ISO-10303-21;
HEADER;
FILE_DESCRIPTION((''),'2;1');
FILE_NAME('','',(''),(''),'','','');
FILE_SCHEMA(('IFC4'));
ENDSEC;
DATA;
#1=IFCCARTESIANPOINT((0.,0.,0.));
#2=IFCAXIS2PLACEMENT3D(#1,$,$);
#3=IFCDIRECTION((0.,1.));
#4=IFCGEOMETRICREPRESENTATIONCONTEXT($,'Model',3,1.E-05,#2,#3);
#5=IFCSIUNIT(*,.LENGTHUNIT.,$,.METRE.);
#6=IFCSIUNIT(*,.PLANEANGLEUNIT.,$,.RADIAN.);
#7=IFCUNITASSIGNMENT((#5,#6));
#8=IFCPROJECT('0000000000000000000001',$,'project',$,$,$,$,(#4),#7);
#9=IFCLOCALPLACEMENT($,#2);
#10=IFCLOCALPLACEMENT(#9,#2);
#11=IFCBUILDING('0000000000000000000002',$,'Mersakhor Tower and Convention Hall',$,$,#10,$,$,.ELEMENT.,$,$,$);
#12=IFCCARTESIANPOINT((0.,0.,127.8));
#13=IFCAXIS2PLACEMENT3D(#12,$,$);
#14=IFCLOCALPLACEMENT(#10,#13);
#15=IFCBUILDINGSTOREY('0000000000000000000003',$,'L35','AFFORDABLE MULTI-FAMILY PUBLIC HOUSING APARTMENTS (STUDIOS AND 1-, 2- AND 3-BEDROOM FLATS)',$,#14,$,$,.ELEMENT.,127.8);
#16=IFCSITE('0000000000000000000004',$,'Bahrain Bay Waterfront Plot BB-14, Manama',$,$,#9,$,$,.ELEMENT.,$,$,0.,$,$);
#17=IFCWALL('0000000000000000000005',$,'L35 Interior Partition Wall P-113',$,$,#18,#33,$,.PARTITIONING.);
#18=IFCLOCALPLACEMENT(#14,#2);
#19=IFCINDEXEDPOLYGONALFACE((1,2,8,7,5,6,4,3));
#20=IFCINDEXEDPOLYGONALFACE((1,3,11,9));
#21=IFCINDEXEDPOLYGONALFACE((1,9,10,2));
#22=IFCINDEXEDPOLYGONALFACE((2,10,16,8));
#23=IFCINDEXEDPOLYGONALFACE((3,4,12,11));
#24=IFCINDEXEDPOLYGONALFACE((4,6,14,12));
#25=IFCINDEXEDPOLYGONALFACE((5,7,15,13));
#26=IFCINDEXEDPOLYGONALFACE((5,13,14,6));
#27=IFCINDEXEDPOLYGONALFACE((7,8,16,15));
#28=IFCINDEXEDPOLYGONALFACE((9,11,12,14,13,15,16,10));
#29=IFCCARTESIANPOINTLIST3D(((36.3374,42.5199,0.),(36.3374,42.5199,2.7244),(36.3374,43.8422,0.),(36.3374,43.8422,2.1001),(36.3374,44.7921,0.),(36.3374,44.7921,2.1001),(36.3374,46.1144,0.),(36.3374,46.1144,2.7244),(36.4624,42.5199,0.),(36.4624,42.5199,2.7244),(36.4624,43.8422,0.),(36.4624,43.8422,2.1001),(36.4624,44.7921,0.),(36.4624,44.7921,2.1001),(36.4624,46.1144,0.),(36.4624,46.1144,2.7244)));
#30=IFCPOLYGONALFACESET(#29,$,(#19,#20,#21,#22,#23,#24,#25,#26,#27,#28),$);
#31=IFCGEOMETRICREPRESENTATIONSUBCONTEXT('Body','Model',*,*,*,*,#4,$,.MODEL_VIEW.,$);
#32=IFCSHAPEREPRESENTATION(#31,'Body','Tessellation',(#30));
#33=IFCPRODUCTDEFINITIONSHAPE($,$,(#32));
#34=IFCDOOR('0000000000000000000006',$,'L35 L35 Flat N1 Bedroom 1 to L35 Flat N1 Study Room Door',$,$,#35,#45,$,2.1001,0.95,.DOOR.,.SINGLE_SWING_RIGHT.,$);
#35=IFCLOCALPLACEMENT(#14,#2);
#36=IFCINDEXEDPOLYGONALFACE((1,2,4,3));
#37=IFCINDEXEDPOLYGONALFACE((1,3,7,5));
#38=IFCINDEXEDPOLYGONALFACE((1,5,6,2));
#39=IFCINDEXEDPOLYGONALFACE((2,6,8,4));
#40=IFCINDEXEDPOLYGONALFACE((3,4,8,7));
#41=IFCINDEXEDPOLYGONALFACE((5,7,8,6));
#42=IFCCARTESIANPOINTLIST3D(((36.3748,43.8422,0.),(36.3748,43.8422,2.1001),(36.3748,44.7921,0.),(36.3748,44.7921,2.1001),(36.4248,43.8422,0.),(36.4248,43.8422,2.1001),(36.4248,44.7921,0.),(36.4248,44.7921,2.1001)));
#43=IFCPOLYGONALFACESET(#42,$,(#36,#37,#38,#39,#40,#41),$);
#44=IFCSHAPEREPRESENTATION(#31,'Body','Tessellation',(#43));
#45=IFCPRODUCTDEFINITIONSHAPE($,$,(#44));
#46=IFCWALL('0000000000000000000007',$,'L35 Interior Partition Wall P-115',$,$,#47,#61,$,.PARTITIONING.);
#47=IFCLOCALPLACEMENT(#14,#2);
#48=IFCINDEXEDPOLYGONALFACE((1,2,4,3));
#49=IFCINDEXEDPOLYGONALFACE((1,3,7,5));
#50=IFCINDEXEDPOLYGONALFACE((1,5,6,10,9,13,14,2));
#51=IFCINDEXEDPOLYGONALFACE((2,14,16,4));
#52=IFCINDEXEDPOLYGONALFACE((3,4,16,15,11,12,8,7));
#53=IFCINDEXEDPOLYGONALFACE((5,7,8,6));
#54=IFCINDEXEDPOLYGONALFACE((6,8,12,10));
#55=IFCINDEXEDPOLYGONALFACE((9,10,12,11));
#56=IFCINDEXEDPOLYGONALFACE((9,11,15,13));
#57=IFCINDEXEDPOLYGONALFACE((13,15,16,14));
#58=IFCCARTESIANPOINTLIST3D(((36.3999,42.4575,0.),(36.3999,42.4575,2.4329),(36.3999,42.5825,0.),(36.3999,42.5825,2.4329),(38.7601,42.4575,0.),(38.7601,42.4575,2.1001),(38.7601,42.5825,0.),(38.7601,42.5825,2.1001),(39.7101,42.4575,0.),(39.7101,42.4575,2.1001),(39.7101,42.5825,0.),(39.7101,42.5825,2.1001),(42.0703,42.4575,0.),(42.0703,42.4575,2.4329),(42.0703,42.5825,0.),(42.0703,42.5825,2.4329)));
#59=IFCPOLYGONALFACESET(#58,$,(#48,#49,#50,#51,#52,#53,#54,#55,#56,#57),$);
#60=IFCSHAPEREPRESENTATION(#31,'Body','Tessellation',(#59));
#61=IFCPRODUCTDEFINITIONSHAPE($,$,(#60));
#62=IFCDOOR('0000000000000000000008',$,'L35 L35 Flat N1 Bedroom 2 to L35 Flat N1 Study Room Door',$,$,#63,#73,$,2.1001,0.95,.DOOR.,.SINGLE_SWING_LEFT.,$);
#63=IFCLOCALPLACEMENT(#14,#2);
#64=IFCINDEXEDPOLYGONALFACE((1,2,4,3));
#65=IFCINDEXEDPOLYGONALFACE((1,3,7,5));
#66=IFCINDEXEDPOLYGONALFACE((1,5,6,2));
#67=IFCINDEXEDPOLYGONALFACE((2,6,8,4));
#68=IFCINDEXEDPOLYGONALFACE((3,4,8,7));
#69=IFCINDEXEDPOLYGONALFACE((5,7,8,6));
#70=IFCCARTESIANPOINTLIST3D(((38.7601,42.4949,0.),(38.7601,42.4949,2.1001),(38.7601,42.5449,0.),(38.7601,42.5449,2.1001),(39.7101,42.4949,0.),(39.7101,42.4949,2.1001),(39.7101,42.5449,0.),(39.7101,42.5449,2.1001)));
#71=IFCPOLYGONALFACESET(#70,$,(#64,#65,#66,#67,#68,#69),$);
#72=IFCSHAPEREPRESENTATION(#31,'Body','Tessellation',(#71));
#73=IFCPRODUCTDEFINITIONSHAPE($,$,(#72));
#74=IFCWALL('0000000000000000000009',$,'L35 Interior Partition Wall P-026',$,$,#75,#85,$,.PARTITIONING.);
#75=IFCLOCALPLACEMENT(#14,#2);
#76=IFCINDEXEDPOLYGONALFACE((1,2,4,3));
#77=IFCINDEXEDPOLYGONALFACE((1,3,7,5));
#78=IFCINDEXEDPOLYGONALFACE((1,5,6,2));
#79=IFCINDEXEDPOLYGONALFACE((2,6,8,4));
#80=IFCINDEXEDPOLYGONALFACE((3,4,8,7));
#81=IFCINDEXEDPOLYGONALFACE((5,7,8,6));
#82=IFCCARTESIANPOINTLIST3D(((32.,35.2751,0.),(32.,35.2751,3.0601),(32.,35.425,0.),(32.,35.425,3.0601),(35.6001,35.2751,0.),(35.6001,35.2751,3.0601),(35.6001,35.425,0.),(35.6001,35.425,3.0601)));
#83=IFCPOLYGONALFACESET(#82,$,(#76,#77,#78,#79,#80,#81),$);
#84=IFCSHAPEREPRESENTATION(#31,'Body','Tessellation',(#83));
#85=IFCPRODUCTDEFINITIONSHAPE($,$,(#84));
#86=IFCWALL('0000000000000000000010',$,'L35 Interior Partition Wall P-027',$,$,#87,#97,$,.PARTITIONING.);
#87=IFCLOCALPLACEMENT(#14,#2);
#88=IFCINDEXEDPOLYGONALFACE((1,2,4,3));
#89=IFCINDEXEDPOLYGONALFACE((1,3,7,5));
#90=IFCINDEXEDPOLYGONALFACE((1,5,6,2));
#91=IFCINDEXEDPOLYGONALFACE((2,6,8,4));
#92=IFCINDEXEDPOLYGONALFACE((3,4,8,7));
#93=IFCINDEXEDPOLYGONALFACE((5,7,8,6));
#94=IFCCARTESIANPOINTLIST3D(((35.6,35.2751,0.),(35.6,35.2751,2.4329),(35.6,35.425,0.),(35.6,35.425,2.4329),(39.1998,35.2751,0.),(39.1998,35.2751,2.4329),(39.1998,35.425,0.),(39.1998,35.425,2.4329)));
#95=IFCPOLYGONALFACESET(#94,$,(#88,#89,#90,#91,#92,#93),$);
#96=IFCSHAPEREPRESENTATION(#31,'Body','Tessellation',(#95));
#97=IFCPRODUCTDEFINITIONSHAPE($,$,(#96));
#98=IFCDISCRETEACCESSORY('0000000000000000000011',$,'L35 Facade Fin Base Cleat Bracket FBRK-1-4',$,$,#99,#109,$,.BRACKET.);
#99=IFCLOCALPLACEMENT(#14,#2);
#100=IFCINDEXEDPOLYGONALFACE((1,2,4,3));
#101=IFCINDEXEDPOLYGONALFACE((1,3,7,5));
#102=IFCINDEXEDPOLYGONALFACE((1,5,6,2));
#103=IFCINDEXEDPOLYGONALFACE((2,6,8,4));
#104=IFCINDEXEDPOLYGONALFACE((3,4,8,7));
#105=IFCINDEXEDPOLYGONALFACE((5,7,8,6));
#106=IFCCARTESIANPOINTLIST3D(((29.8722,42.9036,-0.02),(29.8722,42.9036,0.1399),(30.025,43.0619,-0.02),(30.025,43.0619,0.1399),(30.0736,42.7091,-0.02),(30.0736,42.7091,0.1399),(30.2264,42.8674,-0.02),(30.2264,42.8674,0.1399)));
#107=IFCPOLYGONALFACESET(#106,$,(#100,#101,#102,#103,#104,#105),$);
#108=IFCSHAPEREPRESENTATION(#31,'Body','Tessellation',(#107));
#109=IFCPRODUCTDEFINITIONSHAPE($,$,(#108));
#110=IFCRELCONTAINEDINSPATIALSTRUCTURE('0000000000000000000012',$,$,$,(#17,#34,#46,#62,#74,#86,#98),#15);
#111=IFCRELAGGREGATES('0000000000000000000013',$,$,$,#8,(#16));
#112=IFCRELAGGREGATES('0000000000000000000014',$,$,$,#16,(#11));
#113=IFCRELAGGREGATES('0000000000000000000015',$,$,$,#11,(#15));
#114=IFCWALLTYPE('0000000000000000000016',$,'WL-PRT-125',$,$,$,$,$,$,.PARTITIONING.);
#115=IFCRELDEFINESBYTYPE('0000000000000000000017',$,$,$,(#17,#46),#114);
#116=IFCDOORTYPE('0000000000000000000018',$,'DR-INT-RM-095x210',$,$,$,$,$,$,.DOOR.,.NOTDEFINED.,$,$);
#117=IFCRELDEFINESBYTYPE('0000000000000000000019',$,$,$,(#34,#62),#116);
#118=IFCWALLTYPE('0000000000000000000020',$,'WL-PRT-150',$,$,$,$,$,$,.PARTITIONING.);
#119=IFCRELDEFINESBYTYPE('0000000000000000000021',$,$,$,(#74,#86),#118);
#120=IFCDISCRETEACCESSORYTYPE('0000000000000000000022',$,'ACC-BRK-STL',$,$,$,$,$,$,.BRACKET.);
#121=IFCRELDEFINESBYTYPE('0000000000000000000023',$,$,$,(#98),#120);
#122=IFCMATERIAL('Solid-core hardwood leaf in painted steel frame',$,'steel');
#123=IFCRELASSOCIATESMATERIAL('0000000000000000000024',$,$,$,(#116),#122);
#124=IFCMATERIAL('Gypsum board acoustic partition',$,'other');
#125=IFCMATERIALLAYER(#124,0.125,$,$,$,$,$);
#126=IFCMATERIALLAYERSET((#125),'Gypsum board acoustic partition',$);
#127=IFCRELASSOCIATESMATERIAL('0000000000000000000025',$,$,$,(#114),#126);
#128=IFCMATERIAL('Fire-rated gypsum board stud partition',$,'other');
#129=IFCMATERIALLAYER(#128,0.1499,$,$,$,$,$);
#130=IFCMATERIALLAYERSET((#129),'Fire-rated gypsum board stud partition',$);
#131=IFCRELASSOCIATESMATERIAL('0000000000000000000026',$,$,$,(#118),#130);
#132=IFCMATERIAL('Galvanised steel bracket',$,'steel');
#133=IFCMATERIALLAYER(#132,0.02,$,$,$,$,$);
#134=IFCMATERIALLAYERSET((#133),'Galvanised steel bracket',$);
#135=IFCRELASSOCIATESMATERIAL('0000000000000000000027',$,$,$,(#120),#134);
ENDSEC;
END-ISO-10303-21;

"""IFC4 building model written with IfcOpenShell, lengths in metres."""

from ifc_helpers import new_model, si_unit, direction, frame, frame_2d, origin, origin_2d, place, context, subcontext, project, spatial, rectangle, extrude, material, layer, layer_set, type_object, element, fill, save


model = new_model("IFC4")

# Units and contexts
model_context = context("Model", 3, precision=1e-05, world=origin(), true_north=direction((0.0, 1.0)))
body_context = subcontext(model_context, "Body", "Model", "MODEL_VIEW")
ifc_project = project(units=[si_unit("LENGTHUNIT", "METRE"), si_unit("PLANEANGLEUNIT", "RADIAN")], contexts=[model_context])

# Site, building, storey
site_placement = place(None, origin())
site = spatial("IfcSite", under=ifc_project, at=site_placement, Name="Bahrain Bay Waterfront Plot BB-14, Manama", CompositionType="ELEMENT", RefElevation=0.0)
building_placement = place(site_placement, origin())
building = spatial("IfcBuilding", under=site, at=building_placement, Name="Mersakhor Tower and Convention Hall", CompositionType="ELEMENT")
storey_placement = place(building_placement, frame((0.0, 0.0, 127.8)))
storey = spatial("IfcBuildingStorey", under=building, at=storey_placement, Name="L35", Description="AFFORDABLE MULTI-FAMILY PUBLIC HOUSING APARTMENTS (STUDIOS AND 1-, 2- AND 3-BEDROOM FLATS)", CompositionType="ELEMENT", Elevation=127.8)

# Shared definitions
ifc_material_1 = material(Name="Solid-core hardwood leaf in painted steel frame", Category="steel")
door_type_1 = type_object("IfcDoorType", Name="DR-INT-RM-095x210", OperationType="NOTDEFINED", PredefinedType="DOOR", material=ifc_material_1)

# Shared definitions
ifc_material_2 = material(Name="Gypsum board acoustic partition", Category="other")
ifc_layer_1 = layer(ifc_material_2, 0.125)
ifc_layer_set_1 = layer_set([ifc_layer_1], Name="Gypsum board acoustic partition")
wall_type_1 = type_object("IfcWallType", Name="WL-PRT-125", PredefinedType="PARTITIONING", material=ifc_layer_set_1)

# Walls, openings, doors
wall_1_placement = place(storey_placement, frame((36.3999, 46.1145, 0.0), z_axis=(0.0, 0.0, 1.0), x_axis=(0.0, -1.0, 0.0)))
wall_1 = element("IfcWall", 1, at=wall_1_placement, inside=storey, type_object=wall_type_1, Name="L35 Interior Partition Wall P-113", PredefinedType="PARTITIONING", context=body_context, shape_type="SweptSolid", body=[
    extrude(rectangle(XDim=3.5945, YDim=0.125, at=frame_2d((1.7974, 0.0))), origin(), (0.0, 0.0, 1.0), 2.7244),
])
opening_1_placement = place(wall_1_placement, frame((1.3223, 0.0, 0.0)))
opening_1 = element("IfcOpeningElement", 2, at=opening_1_placement, cuts=wall_1, PredefinedType="OPENING", context=body_context, shape_type="SweptSolid", body=[
    extrude(rectangle(XDim=0.95, YDim=2.1001, at=frame_2d((0.4751, 1.05))), frame((0.0, 0.0725, 0.0), z_axis=(0.0, -1.0, 0.0), x_axis=(1.0, 0.0, 0.0)), (0.0, 0.0, 1.0), 0.145),
])
door_1_placement = place(opening_1_placement, origin())
door_1 = element("IfcDoor", 3, at=door_1_placement, inside=storey, type_object=door_type_1, Name="L35 L35 Flat N1 Bedroom 1 to L35 Flat N1 Study Room Door", OperationType="SINGLE_SWING_RIGHT", OverallHeight=2.1001, OverallWidth=0.95, PredefinedType="DOOR", context=body_context, shape_type="SweptSolid", body=[
    extrude(rectangle(XDim=0.95, YDim=2.1001, at=frame_2d((0.4751, 1.05))), frame((0.0, 0.0249, 0.0), z_axis=(0.0, -1.0, 0.0), x_axis=(1.0, 0.0, 0.0)), (0.0, 0.0, 1.0), 0.05),
])
fill(opening_1, door_1)
wall_2_placement = place(storey_placement, frame((36.3999, 42.52, 0.0), z_axis=(0.0, 0.0, 1.0), x_axis=(1.0, 0.0, 0.0)))
wall_2 = element("IfcWall", 4, at=wall_2_placement, inside=storey, type_object=wall_type_1, Name="L35 Interior Partition Wall P-115", PredefinedType="PARTITIONING", context=body_context, shape_type="SweptSolid", body=[
    extrude(rectangle(XDim=5.6704, YDim=0.125, at=frame_2d((2.8352, 0.0))), origin(), (0.0, 0.0, 1.0), 2.4329),
])
opening_2_placement = place(wall_2_placement, frame((2.3601, 0.0, 0.0)))
opening_2 = element("IfcOpeningElement", 5, at=opening_2_placement, cuts=wall_2, PredefinedType="OPENING", context=body_context, shape_type="SweptSolid", body=[
    extrude(rectangle(XDim=0.95, YDim=2.1001, at=frame_2d((0.4751, 1.05))), frame((0.0, 0.0725, 0.0), z_axis=(0.0, -1.0, 0.0), x_axis=(1.0, 0.0, 0.0)), (0.0, 0.0, 1.0), 0.145),
])
door_2_placement = place(opening_2_placement, origin())
door_2 = element("IfcDoor", 6, at=door_2_placement, inside=storey, type_object=door_type_1, Name="L35 L35 Flat N1 Bedroom 2 to L35 Flat N1 Study Room Door", OperationType="SINGLE_SWING_LEFT", OverallHeight=2.1001, OverallWidth=0.95, PredefinedType="DOOR", context=body_context, shape_type="SweptSolid", body=[
    extrude(rectangle(XDim=0.95, YDim=2.1001, at=frame_2d((0.4751, 1.05))), frame((0.0, 0.0249, 0.0), z_axis=(0.0, -1.0, 0.0), x_axis=(1.0, 0.0, 0.0)), (0.0, 0.0, 1.0), 0.05),
])
fill(opening_2, door_2)
ifc_material_3 = material(Name="Fire-rated gypsum board stud partition", Category="other")
ifc_layer_2 = layer(ifc_material_3, 0.1499)
ifc_layer_set_2 = layer_set([ifc_layer_2], Name="Fire-rated gypsum board stud partition")
wall_type_2 = type_object("IfcWallType", Name="WL-PRT-150", PredefinedType="PARTITIONING", material=ifc_layer_set_2)

# Walls
wall_3_placement = place(storey_placement, frame((32.0, 35.3501, 0.0), z_axis=(0.0, 0.0, 1.0), x_axis=(1.0, 0.0, 0.0)))
element("IfcWall", 7, at=wall_3_placement, inside=storey, type_object=wall_type_2, Name="L35 Interior Partition Wall P-026", PredefinedType="PARTITIONING", context=body_context, shape_type="SweptSolid", body=[
    extrude(rectangle(XDim=3.6001, YDim=0.1499, at=frame_2d((1.8, 0.0))), origin(), (0.0, 0.0, 1.0), 3.0601),
])
wall_4_placement = place(storey_placement, frame((35.6001, 35.3501, 0.0), z_axis=(0.0, 0.0, 1.0), x_axis=(1.0, 0.0, 0.0)))
element("IfcWall", 8, at=wall_4_placement, inside=storey, type_object=wall_type_2, Name="L35 Interior Partition Wall P-027", PredefinedType="PARTITIONING", context=body_context, shape_type="SweptSolid", body=[
    extrude(rectangle(XDim=3.5999, YDim=0.1499, at=frame_2d((1.7998, 0.0))), origin(), (0.0, 0.0, 1.0), 2.4329),
])

# Discrete accessory
ifc_material_4 = material(Name="Galvanised steel bracket", Category="steel")
ifc_layer_3 = layer(ifc_material_4, 0.02)
ifc_layer_set_3 = layer_set([ifc_layer_3], Name="Galvanised steel bracket")
discrete_accessory_type = type_object("IfcDiscreteAccessoryType", Name="ACC-BRK-STL", PredefinedType="BRACKET", material=ifc_layer_set_3)
discrete_accessory_placement = place(storey_placement, frame((30.0493, 42.8855, -0.02), z_axis=(0.0, 0.0, 1.0), x_axis=(-0.71934, 0.694658, 0.0)))
element("IfcDiscreteAccessory", 9, at=discrete_accessory_placement, inside=storey, type_object=discrete_accessory_type, Name="L35 Facade Fin Base Cleat Bracket FBRK-1-4", PredefinedType="BRACKET", context=body_context, shape_type="SweptSolid", body=[
    extrude(rectangle(XDim=0.28, YDim=0.22, at=origin_2d()), origin(), (0.0, 0.0, 1.0), 0.1599),
])

save(model, "model.ifc")
